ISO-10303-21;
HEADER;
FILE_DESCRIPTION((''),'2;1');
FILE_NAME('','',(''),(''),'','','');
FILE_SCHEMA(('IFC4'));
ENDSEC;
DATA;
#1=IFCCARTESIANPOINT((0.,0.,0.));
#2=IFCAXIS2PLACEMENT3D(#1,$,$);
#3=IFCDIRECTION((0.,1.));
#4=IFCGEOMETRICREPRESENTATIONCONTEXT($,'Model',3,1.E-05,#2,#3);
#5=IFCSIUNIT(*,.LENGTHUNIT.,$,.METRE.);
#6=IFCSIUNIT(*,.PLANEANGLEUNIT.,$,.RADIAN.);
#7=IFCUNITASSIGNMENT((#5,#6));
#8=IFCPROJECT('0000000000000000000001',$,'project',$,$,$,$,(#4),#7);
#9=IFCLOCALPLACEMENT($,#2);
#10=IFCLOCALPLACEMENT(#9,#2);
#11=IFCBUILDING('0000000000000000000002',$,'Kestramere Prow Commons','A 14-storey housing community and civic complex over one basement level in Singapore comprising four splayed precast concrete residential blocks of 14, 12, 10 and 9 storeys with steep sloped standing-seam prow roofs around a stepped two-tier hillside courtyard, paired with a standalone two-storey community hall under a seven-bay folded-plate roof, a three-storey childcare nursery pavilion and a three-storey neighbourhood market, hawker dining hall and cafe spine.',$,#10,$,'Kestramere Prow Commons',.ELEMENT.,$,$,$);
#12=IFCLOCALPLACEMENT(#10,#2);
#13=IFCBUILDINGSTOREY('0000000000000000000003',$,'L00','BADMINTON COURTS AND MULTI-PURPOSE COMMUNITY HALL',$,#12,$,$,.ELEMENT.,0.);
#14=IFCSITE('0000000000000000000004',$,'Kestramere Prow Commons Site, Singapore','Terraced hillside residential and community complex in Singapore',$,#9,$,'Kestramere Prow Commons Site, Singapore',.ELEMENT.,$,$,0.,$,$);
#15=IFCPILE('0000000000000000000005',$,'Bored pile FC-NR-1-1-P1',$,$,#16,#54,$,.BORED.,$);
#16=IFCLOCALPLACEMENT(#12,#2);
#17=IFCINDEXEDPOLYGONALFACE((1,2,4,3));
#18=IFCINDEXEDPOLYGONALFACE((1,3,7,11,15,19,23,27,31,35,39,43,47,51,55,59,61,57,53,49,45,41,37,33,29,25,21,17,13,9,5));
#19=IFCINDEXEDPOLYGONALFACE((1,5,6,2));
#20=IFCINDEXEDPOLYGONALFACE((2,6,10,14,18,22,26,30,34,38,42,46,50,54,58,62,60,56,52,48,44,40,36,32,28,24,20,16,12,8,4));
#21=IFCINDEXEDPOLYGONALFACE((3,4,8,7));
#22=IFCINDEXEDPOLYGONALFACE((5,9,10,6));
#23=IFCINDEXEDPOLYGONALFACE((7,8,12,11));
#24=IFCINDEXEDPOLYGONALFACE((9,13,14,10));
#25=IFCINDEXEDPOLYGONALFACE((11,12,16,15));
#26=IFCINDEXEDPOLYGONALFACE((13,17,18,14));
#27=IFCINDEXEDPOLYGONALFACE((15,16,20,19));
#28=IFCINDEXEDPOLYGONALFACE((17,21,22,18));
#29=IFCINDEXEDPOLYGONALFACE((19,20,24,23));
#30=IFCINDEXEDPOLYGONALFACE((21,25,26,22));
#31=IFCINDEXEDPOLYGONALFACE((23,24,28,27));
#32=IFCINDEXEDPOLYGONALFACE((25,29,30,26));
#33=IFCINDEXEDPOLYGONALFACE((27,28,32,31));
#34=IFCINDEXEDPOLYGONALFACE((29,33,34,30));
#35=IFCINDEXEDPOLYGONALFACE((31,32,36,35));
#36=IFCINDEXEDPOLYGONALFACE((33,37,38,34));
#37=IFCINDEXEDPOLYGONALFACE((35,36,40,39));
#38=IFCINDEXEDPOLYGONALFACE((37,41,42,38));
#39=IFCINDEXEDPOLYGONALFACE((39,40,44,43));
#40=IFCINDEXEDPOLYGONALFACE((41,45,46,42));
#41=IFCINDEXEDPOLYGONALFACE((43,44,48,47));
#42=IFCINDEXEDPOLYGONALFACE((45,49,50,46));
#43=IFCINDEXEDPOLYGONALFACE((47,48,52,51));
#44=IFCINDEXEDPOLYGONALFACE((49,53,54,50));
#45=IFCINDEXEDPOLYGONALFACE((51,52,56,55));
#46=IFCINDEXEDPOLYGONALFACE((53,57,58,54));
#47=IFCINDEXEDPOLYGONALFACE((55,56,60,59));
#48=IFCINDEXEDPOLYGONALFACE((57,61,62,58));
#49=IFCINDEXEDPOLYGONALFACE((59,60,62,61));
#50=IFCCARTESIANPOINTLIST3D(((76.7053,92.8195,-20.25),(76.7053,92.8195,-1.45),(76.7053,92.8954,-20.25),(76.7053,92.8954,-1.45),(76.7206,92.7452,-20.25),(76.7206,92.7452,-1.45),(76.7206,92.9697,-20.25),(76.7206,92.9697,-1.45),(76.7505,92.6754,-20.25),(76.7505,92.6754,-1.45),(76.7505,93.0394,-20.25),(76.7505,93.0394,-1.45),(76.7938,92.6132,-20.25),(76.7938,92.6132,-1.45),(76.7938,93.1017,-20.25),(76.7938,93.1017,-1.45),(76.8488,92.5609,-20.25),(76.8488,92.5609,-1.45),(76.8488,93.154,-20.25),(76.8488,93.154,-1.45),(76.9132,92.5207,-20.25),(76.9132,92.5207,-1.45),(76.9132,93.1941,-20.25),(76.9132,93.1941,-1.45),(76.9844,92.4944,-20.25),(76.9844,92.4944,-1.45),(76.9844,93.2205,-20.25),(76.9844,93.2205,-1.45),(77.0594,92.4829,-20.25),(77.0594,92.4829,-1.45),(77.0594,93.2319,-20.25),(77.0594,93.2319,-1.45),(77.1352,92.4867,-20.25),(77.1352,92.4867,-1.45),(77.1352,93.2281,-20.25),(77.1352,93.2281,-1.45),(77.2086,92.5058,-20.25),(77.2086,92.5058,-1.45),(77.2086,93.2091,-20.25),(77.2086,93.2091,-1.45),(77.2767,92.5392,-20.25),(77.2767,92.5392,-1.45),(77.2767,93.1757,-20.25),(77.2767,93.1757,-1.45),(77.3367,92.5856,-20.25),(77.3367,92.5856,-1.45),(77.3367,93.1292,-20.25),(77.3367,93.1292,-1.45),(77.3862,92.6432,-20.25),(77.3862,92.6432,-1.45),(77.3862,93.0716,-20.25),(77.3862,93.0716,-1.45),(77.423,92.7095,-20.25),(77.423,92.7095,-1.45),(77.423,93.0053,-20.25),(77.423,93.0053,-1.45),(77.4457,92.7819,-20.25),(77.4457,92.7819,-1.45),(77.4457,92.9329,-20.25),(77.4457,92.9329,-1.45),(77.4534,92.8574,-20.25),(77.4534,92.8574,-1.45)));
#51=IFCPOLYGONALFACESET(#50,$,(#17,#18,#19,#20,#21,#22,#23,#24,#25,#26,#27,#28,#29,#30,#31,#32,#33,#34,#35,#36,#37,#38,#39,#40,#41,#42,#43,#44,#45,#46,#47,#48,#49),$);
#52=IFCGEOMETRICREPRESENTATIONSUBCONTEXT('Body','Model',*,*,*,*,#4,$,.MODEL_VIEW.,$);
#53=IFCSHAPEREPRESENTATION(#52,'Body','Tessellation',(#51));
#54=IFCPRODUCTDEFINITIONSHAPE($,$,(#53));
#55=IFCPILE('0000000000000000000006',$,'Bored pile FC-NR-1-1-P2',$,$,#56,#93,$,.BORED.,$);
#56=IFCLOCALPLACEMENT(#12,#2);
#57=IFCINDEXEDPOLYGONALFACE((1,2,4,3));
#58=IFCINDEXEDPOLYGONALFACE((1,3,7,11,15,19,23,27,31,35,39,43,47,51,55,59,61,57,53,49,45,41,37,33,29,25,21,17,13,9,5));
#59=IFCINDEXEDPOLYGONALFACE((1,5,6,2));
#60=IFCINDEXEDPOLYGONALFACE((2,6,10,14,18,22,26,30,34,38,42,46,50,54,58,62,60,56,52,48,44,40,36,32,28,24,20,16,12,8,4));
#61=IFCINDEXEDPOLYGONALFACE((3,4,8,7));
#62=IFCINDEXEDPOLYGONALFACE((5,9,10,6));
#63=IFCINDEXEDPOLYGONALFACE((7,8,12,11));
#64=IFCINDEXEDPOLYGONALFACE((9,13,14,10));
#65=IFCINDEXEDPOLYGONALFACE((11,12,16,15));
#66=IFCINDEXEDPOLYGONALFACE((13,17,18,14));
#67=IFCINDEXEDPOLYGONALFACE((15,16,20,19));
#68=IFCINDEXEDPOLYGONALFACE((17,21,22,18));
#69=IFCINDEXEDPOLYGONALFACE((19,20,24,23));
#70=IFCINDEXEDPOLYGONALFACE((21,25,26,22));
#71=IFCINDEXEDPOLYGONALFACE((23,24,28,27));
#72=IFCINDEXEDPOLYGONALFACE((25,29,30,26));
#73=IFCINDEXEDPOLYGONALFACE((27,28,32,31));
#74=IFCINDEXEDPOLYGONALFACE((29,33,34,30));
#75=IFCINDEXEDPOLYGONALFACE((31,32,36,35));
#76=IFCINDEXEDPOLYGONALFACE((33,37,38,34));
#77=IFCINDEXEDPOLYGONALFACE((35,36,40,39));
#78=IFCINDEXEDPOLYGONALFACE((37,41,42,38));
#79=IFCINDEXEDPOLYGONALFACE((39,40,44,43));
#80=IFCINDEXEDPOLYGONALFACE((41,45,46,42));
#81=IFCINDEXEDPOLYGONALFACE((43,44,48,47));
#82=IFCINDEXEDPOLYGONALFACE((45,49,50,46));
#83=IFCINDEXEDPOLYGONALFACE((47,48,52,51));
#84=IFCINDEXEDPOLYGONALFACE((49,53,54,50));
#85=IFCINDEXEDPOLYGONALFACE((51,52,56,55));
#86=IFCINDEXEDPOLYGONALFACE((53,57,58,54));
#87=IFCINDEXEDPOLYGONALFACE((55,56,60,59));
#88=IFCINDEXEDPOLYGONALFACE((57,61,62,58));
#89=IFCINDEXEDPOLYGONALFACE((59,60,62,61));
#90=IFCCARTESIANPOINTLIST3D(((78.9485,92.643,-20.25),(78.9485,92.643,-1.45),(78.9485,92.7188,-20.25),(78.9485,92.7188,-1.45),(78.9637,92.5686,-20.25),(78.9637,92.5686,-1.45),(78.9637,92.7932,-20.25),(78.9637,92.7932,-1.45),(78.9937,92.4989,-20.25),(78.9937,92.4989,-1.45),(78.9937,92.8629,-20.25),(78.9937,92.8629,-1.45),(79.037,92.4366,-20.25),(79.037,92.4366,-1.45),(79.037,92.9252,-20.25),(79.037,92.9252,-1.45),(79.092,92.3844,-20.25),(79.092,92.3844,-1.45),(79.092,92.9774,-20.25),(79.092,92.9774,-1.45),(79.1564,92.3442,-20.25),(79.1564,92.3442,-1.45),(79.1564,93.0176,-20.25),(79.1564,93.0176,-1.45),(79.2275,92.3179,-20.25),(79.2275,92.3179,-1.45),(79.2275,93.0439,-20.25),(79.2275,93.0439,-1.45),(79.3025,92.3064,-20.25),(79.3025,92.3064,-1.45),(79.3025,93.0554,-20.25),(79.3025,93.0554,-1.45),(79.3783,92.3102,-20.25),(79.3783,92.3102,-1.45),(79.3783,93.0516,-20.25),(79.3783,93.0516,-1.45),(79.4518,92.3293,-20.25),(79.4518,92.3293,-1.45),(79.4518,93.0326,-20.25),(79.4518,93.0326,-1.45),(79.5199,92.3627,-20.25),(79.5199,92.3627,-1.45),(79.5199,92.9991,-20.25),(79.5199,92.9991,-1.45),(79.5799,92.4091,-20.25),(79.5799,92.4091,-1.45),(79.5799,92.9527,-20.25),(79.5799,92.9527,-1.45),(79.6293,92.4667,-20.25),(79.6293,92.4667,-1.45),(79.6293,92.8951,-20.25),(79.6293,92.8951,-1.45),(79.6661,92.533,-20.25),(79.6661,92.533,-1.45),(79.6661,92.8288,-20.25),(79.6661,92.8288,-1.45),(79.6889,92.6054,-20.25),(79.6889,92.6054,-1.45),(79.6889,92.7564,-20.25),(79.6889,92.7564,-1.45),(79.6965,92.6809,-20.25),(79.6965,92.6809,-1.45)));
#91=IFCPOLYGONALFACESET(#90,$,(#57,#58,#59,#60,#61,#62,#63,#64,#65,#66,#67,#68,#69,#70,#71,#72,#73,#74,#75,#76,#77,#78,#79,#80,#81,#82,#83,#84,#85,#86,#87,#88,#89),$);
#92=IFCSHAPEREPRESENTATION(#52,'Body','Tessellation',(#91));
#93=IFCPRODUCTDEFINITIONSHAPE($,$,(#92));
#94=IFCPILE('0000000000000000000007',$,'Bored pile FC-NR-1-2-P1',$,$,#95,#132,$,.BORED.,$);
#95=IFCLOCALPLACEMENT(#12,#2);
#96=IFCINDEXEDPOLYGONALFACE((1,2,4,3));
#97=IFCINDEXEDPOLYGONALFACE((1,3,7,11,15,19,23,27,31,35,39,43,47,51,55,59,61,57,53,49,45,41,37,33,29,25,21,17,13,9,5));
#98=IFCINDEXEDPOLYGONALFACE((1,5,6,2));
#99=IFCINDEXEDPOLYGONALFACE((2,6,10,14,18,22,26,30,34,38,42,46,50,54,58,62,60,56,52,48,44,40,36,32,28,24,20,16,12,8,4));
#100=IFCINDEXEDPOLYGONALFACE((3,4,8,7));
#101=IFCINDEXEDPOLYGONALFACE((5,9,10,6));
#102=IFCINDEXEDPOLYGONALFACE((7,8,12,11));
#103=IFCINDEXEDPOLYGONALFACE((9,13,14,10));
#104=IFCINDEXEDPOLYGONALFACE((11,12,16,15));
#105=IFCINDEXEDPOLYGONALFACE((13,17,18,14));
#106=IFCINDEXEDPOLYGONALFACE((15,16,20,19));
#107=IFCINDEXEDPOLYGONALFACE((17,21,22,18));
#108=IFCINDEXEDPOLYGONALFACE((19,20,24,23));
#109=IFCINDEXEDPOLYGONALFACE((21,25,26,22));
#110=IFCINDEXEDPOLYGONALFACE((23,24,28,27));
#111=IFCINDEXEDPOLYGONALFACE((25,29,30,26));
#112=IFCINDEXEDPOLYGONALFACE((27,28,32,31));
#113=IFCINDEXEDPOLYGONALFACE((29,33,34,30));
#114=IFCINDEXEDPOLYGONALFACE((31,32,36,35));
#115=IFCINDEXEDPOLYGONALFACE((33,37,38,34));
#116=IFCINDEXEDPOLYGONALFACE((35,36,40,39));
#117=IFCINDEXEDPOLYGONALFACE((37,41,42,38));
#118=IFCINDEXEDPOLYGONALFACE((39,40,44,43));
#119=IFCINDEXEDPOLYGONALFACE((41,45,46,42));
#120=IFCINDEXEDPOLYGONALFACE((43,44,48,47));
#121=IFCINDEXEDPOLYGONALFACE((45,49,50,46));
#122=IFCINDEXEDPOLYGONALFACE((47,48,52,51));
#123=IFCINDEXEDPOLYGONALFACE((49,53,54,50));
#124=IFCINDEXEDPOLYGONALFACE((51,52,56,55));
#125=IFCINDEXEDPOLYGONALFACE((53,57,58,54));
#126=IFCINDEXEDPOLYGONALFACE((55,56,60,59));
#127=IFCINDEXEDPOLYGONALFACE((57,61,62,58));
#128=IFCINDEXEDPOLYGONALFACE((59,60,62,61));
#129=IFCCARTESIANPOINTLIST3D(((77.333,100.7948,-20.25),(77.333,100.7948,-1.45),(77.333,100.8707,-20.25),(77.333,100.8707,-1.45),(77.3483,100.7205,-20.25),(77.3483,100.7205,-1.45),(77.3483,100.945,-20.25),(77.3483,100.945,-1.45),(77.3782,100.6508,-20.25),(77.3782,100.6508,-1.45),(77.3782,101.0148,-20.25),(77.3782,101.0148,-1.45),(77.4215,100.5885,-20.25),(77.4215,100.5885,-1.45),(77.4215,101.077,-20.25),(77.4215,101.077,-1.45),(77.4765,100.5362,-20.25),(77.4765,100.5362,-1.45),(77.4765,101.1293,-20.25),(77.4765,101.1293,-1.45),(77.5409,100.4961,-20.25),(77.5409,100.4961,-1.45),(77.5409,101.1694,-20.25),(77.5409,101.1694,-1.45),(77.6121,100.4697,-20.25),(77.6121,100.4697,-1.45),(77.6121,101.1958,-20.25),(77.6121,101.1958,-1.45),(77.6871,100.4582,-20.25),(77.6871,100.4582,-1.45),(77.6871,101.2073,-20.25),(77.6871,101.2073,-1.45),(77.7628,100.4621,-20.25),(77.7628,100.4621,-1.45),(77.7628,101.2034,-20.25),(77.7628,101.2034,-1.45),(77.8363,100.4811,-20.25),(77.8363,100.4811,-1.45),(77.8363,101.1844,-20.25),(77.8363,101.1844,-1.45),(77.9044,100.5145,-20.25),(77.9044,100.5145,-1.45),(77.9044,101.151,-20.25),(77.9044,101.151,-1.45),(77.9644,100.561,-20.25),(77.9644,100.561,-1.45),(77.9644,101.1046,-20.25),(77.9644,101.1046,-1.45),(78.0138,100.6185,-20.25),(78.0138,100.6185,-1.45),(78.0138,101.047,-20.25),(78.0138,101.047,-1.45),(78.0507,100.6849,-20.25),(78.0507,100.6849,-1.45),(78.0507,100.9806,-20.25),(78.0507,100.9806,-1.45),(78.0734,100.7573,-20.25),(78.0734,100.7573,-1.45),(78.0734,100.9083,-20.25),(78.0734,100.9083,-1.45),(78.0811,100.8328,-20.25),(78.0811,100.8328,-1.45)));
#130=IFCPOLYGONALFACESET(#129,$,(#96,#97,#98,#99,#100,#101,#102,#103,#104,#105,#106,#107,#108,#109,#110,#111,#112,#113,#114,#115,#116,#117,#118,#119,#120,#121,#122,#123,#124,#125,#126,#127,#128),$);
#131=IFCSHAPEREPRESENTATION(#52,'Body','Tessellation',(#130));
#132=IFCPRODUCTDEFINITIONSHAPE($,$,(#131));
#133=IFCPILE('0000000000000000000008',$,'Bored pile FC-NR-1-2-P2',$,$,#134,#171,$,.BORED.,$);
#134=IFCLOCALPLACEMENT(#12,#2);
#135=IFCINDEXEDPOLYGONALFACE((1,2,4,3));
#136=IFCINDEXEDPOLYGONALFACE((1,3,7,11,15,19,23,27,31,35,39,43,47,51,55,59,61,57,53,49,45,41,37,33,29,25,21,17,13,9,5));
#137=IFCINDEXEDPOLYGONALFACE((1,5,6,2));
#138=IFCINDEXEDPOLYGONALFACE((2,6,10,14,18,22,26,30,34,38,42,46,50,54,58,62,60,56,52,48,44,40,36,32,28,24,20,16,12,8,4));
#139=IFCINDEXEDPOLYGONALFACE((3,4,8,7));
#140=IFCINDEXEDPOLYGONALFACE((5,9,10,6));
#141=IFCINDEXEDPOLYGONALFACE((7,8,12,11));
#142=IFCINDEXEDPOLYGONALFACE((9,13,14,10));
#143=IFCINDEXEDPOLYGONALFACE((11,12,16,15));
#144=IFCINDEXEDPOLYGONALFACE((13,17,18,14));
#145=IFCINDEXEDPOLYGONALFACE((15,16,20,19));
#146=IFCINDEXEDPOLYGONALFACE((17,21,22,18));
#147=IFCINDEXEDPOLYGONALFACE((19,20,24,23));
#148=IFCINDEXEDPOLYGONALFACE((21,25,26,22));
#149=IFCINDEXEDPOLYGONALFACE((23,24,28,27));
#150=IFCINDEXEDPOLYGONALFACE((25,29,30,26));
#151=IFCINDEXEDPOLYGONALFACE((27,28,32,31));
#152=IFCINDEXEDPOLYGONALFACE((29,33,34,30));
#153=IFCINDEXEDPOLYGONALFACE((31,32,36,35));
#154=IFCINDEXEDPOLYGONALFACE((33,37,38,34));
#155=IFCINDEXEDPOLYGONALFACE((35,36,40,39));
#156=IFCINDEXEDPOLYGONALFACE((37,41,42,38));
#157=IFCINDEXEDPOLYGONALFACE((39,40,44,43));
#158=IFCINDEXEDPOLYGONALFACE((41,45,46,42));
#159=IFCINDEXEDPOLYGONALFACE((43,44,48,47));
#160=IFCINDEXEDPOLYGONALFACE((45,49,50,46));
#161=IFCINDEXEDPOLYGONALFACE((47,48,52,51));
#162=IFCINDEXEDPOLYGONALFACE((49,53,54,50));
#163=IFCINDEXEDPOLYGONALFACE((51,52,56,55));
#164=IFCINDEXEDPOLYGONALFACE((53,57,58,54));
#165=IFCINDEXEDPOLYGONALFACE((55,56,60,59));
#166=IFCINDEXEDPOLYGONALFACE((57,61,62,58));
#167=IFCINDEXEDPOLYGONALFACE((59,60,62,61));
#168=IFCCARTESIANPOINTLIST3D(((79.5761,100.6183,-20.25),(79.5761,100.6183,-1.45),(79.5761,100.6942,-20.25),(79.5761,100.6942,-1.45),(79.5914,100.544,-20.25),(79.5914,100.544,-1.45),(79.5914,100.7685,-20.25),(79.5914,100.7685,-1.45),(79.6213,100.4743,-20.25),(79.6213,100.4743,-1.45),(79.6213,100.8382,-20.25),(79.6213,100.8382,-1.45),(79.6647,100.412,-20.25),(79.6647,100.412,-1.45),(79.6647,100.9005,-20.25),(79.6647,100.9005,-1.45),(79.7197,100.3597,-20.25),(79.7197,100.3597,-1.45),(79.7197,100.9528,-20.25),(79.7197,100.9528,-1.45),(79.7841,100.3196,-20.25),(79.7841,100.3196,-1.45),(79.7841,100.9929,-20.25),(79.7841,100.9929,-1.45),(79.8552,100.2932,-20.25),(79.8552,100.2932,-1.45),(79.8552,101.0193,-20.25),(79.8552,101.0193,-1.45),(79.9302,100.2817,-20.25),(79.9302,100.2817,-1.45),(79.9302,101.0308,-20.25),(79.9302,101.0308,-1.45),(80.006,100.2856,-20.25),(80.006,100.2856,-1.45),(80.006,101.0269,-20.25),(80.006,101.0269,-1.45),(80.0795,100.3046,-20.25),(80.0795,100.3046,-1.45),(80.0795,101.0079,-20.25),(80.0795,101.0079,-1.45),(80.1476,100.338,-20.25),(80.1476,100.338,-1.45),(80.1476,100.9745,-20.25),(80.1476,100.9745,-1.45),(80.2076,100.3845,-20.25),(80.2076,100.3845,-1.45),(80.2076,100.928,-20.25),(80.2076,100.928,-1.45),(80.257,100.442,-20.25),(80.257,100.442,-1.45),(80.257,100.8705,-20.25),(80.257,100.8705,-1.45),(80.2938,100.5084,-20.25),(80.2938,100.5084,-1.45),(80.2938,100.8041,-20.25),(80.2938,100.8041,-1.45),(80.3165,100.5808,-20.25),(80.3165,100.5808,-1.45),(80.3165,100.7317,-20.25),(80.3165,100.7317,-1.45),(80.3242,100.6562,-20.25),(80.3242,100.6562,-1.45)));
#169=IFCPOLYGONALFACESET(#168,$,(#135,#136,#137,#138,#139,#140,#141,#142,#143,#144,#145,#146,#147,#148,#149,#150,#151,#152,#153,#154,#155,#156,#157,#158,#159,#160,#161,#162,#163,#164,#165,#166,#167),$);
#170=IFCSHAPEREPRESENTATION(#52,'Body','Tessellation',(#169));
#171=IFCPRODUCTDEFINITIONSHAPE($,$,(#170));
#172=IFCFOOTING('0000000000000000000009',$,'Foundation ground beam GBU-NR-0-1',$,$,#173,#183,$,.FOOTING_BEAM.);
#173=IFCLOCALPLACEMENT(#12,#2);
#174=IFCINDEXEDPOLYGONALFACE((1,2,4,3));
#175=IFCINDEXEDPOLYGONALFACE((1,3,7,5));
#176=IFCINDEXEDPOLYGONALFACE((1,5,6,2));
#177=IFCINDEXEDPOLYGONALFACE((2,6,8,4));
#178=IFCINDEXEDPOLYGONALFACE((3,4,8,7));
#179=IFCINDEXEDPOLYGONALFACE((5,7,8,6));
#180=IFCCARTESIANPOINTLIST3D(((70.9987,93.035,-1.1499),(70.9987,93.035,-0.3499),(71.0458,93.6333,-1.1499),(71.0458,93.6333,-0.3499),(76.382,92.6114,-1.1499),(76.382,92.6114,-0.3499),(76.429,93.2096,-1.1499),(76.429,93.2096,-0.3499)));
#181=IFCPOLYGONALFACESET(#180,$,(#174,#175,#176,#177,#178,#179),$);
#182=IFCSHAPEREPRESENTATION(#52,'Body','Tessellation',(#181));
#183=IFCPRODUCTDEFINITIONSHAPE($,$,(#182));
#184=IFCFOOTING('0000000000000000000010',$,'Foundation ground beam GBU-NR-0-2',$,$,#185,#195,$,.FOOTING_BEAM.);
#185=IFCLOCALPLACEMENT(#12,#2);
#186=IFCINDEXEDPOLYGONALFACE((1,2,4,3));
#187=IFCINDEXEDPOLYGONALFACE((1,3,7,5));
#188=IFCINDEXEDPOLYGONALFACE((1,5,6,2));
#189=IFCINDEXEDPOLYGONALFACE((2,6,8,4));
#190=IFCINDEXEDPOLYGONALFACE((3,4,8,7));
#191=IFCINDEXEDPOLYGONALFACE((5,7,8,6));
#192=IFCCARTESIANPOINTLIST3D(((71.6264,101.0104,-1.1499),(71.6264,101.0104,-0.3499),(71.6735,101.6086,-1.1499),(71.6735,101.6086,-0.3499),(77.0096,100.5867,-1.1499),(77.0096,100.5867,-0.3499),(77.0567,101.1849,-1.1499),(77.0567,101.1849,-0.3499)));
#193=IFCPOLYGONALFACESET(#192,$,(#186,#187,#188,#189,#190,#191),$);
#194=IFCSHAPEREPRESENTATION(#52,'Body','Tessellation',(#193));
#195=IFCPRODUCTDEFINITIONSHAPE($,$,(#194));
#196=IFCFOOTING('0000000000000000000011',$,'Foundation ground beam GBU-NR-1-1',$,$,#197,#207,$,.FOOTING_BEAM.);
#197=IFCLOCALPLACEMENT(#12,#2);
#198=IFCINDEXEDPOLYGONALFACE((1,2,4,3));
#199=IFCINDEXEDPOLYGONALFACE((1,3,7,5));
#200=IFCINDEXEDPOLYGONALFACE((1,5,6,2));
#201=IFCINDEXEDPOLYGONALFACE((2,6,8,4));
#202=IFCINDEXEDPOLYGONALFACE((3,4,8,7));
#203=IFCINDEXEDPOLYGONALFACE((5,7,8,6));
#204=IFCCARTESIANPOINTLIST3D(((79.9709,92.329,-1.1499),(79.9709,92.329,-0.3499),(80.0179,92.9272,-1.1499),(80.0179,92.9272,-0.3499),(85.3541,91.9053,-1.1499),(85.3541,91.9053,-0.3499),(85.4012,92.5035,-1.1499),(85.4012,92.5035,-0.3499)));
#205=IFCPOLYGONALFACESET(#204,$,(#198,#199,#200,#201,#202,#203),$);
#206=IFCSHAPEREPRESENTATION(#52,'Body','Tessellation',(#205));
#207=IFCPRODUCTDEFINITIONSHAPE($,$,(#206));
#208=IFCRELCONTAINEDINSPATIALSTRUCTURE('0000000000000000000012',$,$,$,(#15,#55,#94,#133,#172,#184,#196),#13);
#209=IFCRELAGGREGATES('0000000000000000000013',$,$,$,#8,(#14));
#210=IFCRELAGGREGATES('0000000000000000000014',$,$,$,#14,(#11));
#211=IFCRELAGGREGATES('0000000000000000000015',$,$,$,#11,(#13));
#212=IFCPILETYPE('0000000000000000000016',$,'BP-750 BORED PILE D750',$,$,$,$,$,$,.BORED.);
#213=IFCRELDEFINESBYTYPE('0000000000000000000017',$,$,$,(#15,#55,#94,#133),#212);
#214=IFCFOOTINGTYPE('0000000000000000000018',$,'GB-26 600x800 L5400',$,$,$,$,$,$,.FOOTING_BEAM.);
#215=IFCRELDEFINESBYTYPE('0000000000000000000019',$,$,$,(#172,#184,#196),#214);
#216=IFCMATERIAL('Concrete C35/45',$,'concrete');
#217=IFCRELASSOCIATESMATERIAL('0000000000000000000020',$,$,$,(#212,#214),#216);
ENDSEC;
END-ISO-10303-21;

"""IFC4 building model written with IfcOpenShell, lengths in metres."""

from ifc_helpers import new_model, si_unit, direction, frame, origin, origin_2d, place, context, subcontext, project, spatial, rectangle, circle, extrude, material, material_profile, profile_set, type_object, element, save


model = new_model("IFC4")

# Units and contexts
model_context = context("Model", 3, precision=1e-05, world=origin(), true_north=direction((0.0, 1.0)))
body_context = subcontext(model_context, "Body", "Model", "MODEL_VIEW")
ifc_project = project(units=[si_unit("LENGTHUNIT", "METRE"), si_unit("PLANEANGLEUNIT", "RADIAN")], contexts=[model_context])

# Site, building, storey
site_placement = place(None, origin())
site = spatial("IfcSite", under=ifc_project, at=site_placement, Name="Kestramere Prow Commons Site, Singapore", Description="Terraced hillside residential and community complex in Singapore", LongName="Kestramere Prow Commons Site, Singapore", CompositionType="ELEMENT", RefElevation=0.0)
building_placement = place(site_placement, origin())
building = spatial("IfcBuilding", under=site, at=building_placement, Name="Kestramere Prow Commons", Description="A 14-storey housing community and civic complex over one basement level in Singapore comprising four splayed precast concrete residential blocks of 14, 12, 10 and 9 storeys with steep sloped standing-seam prow roofs around a stepped two-tier hillside courtyard, paired with a standalone two-storey community hall under a seven-bay folded-plate roof, a three-storey childcare nursery pavilion and a three-storey neighbourhood market, hawker dining hall and cafe spine.", LongName="Kestramere Prow Commons", CompositionType="ELEMENT")
storey_placement = place(building_placement, origin())
storey = spatial("IfcBuildingStorey", under=building, at=storey_placement, Name="L00", Description="BADMINTON COURTS AND MULTI-PURPOSE COMMUNITY HALL", CompositionType="ELEMENT", Elevation=0.0)

# Piles
ifc_material_1 = material(Name="Concrete C35/45", Category="concrete")
ifc_material_profile_1 = material_profile(ifc_material_1, circle(Radius=0.375, at=origin_2d()), Name="BORED PILE D750")
ifc_profile_set_1 = profile_set([ifc_material_profile_1], Name="Concrete C35/45")
pile_type = type_object("IfcPileType", Name="BP-750 BORED PILE D750", PredefinedType="BORED", material=ifc_profile_set_1)
for number, where, z_axis, x_axis, name in (
    (1, (77.0784, 92.8574, -1.45), (0.0, 0.0, -1.0), (1.0, 0.0, 0.0), "Bored pile FC-NR-1-1-P1"),
    (2, (79.3215, 92.6809, -1.45), (0.0, 0.0, -1.0), (1.0, 0.0, 0.0), "Bored pile FC-NR-1-1-P2"),
    (3, (77.7061, 100.8328, -1.45), (0.0, 0.0, -1.0), (1.0, 0.0, 0.0), "Bored pile FC-NR-1-2-P1"),
    (4, (79.9492, 100.6562, -1.45), (0.0, 0.0, -1.0), (1.0, 0.0, 0.0), "Bored pile FC-NR-1-2-P2"),
):
    element("IfcPile", number, at=place(storey_placement, frame(where, z_axis=z_axis, x_axis=x_axis)), inside=storey, type_object=pile_type, Name=name, PredefinedType="BORED", context=body_context, shape_type="SweptSolid", body=[
        extrude(circle(Radius=0.375, at=origin_2d()), origin(), (0.0, 0.0, 1.0), 18.8),
    ])

# Footings
footing_type_1 = type_object("IfcFootingType", Name="GB-26 600x800 L5400", PredefinedType="FOOTING_BEAM", material=ifc_material_1)
for number, where, z_axis, x_axis, name in (
    (5, (73.7139, 93.1223, -1.1499), (0.0, 0.0, 1.0), (0.996917, -0.078459, 0.0), "Foundation ground beam GBU-NR-0-1"),
    (6, (74.3416, 101.0977, -1.1499), (0.0, 0.0, 1.0), (0.996917, -0.078459, 0.0), "Foundation ground beam GBU-NR-0-2"),
    (7, (82.686, 92.4163, -1.1499), (0.0, 0.0, 1.0), (0.996917, -0.078459, 0.0), "Foundation ground beam GBU-NR-1-1"),
):
    element("IfcFooting", number, at=place(storey_placement, frame(where, z_axis=z_axis, x_axis=x_axis)), inside=storey, type_object=footing_type_1, Name=name, PredefinedType="FOOTING_BEAM", context=body_context, shape_type="SweptSolid", body=[
        extrude(rectangle(XDim=5.3999, YDim=0.6001, at=origin_2d()), origin(), (0.0, 0.0, 1.0), 0.8),
    ])

save(model, "model.ifc")
